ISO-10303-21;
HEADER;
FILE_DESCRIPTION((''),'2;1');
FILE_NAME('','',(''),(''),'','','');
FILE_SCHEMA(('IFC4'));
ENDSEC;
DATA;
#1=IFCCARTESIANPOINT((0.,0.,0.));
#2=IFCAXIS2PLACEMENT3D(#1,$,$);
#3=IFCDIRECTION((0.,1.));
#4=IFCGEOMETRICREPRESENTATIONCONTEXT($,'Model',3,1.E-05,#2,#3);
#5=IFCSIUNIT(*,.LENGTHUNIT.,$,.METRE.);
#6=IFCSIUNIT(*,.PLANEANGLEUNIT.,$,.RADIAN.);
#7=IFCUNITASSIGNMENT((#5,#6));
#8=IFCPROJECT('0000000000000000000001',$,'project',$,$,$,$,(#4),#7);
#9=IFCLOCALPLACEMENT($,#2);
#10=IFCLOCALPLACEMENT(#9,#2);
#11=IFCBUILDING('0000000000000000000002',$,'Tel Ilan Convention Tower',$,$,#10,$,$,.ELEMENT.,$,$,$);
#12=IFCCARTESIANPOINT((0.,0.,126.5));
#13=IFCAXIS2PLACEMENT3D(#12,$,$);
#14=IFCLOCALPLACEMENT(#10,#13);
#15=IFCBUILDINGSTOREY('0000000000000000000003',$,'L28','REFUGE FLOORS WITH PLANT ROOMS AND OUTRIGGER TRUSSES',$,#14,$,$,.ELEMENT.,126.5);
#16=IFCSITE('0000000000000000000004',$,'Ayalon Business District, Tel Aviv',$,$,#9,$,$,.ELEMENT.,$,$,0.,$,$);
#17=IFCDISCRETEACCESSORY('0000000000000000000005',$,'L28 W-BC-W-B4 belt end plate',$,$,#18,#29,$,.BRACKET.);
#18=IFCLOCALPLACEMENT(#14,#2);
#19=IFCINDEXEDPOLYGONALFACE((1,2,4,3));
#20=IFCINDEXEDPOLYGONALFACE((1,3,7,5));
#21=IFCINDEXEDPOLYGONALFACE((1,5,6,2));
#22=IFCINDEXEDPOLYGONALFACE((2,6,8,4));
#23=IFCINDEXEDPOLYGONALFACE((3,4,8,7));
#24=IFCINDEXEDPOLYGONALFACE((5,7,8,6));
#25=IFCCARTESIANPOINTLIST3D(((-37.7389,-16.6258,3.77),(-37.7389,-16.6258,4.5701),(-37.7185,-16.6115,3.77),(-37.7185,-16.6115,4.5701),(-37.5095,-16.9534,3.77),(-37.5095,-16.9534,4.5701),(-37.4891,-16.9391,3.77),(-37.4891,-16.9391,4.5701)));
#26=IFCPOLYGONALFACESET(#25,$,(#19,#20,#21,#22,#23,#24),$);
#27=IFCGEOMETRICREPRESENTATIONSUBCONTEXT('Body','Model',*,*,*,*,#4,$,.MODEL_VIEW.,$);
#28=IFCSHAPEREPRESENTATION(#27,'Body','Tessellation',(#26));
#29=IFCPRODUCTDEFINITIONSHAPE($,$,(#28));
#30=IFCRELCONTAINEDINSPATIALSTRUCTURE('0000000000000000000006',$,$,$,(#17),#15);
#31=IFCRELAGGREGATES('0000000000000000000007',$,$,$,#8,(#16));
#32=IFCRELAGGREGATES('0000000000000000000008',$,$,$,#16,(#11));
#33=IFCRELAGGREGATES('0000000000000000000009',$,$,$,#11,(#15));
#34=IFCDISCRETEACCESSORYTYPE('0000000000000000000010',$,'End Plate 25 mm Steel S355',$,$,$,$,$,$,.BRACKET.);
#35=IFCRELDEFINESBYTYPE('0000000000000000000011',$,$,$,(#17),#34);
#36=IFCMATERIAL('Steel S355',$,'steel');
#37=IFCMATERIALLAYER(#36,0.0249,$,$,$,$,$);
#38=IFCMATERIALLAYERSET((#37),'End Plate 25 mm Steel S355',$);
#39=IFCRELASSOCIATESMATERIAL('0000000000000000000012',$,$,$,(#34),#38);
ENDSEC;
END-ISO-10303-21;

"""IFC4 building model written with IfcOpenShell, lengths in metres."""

from ifc_helpers import new_model, si_unit, direction, frame, origin, origin_2d, place, context, subcontext, project, spatial, rectangle, extrude, material, layer, layer_set, type_object, element, save


model = new_model("IFC4")

# Units and contexts
model_context = context("Model", 3, precision=1e-05, world=origin(), true_north=direction((0.0, 1.0)))
body_context = subcontext(model_context, "Body", "Model", "MODEL_VIEW")
ifc_project = project(units=[si_unit("LENGTHUNIT", "METRE"), si_unit("PLANEANGLEUNIT", "RADIAN")], contexts=[model_context])

# Site, building, storey
site_placement = place(None, origin())
site = spatial("IfcSite", under=ifc_project, at=site_placement, Name="Ayalon Business District, Tel Aviv", CompositionType="ELEMENT", RefElevation=0.0)
building_placement = place(site_placement, origin())
building = spatial("IfcBuilding", under=site, at=building_placement, Name="Tel Ilan Convention Tower", CompositionType="ELEMENT")
storey_placement = place(building_placement, frame((0.0, 0.0, 126.5)))
storey = spatial("IfcBuildingStorey", under=building, at=storey_placement, Name="L28", Description="REFUGE FLOORS WITH PLANT ROOMS AND OUTRIGGER TRUSSES", CompositionType="ELEMENT", Elevation=126.5)

# Discrete accessory
ifc_material_1 = material(Name="Steel S355", Category="steel")
ifc_layer_1 = layer(ifc_material_1, 0.0249)
ifc_layer_set_1 = layer_set([ifc_layer_1], Name="End Plate 25 mm Steel S355")
discrete_accessory_type_1 = type_object("IfcDiscreteAccessoryType", Name="End Plate 25 mm Steel S355", PredefinedType="BRACKET", material=ifc_layer_set_1)
for number, where, z_axis, x_axis, name in (
    (1, (-37.614, -16.7825, 3.77), (0.0, 0.0, 1.0), (-0.819152, -0.573576, 0.0), "L28 W-BC-W-B4 belt end plate"),
):
    element("IfcDiscreteAccessory", number, at=place(storey_placement, frame(where, z_axis=z_axis, x_axis=x_axis)), inside=storey, type_object=discrete_accessory_type_1, Name=name, PredefinedType="BRACKET", context=body_context, shape_type="SweptSolid", body=[
        extrude(rectangle(XDim=0.0249, YDim=0.3999, at=origin_2d()), origin(), (0.0, 0.0, 1.0), 0.8),
    ])

save(model, "model.ifc")
